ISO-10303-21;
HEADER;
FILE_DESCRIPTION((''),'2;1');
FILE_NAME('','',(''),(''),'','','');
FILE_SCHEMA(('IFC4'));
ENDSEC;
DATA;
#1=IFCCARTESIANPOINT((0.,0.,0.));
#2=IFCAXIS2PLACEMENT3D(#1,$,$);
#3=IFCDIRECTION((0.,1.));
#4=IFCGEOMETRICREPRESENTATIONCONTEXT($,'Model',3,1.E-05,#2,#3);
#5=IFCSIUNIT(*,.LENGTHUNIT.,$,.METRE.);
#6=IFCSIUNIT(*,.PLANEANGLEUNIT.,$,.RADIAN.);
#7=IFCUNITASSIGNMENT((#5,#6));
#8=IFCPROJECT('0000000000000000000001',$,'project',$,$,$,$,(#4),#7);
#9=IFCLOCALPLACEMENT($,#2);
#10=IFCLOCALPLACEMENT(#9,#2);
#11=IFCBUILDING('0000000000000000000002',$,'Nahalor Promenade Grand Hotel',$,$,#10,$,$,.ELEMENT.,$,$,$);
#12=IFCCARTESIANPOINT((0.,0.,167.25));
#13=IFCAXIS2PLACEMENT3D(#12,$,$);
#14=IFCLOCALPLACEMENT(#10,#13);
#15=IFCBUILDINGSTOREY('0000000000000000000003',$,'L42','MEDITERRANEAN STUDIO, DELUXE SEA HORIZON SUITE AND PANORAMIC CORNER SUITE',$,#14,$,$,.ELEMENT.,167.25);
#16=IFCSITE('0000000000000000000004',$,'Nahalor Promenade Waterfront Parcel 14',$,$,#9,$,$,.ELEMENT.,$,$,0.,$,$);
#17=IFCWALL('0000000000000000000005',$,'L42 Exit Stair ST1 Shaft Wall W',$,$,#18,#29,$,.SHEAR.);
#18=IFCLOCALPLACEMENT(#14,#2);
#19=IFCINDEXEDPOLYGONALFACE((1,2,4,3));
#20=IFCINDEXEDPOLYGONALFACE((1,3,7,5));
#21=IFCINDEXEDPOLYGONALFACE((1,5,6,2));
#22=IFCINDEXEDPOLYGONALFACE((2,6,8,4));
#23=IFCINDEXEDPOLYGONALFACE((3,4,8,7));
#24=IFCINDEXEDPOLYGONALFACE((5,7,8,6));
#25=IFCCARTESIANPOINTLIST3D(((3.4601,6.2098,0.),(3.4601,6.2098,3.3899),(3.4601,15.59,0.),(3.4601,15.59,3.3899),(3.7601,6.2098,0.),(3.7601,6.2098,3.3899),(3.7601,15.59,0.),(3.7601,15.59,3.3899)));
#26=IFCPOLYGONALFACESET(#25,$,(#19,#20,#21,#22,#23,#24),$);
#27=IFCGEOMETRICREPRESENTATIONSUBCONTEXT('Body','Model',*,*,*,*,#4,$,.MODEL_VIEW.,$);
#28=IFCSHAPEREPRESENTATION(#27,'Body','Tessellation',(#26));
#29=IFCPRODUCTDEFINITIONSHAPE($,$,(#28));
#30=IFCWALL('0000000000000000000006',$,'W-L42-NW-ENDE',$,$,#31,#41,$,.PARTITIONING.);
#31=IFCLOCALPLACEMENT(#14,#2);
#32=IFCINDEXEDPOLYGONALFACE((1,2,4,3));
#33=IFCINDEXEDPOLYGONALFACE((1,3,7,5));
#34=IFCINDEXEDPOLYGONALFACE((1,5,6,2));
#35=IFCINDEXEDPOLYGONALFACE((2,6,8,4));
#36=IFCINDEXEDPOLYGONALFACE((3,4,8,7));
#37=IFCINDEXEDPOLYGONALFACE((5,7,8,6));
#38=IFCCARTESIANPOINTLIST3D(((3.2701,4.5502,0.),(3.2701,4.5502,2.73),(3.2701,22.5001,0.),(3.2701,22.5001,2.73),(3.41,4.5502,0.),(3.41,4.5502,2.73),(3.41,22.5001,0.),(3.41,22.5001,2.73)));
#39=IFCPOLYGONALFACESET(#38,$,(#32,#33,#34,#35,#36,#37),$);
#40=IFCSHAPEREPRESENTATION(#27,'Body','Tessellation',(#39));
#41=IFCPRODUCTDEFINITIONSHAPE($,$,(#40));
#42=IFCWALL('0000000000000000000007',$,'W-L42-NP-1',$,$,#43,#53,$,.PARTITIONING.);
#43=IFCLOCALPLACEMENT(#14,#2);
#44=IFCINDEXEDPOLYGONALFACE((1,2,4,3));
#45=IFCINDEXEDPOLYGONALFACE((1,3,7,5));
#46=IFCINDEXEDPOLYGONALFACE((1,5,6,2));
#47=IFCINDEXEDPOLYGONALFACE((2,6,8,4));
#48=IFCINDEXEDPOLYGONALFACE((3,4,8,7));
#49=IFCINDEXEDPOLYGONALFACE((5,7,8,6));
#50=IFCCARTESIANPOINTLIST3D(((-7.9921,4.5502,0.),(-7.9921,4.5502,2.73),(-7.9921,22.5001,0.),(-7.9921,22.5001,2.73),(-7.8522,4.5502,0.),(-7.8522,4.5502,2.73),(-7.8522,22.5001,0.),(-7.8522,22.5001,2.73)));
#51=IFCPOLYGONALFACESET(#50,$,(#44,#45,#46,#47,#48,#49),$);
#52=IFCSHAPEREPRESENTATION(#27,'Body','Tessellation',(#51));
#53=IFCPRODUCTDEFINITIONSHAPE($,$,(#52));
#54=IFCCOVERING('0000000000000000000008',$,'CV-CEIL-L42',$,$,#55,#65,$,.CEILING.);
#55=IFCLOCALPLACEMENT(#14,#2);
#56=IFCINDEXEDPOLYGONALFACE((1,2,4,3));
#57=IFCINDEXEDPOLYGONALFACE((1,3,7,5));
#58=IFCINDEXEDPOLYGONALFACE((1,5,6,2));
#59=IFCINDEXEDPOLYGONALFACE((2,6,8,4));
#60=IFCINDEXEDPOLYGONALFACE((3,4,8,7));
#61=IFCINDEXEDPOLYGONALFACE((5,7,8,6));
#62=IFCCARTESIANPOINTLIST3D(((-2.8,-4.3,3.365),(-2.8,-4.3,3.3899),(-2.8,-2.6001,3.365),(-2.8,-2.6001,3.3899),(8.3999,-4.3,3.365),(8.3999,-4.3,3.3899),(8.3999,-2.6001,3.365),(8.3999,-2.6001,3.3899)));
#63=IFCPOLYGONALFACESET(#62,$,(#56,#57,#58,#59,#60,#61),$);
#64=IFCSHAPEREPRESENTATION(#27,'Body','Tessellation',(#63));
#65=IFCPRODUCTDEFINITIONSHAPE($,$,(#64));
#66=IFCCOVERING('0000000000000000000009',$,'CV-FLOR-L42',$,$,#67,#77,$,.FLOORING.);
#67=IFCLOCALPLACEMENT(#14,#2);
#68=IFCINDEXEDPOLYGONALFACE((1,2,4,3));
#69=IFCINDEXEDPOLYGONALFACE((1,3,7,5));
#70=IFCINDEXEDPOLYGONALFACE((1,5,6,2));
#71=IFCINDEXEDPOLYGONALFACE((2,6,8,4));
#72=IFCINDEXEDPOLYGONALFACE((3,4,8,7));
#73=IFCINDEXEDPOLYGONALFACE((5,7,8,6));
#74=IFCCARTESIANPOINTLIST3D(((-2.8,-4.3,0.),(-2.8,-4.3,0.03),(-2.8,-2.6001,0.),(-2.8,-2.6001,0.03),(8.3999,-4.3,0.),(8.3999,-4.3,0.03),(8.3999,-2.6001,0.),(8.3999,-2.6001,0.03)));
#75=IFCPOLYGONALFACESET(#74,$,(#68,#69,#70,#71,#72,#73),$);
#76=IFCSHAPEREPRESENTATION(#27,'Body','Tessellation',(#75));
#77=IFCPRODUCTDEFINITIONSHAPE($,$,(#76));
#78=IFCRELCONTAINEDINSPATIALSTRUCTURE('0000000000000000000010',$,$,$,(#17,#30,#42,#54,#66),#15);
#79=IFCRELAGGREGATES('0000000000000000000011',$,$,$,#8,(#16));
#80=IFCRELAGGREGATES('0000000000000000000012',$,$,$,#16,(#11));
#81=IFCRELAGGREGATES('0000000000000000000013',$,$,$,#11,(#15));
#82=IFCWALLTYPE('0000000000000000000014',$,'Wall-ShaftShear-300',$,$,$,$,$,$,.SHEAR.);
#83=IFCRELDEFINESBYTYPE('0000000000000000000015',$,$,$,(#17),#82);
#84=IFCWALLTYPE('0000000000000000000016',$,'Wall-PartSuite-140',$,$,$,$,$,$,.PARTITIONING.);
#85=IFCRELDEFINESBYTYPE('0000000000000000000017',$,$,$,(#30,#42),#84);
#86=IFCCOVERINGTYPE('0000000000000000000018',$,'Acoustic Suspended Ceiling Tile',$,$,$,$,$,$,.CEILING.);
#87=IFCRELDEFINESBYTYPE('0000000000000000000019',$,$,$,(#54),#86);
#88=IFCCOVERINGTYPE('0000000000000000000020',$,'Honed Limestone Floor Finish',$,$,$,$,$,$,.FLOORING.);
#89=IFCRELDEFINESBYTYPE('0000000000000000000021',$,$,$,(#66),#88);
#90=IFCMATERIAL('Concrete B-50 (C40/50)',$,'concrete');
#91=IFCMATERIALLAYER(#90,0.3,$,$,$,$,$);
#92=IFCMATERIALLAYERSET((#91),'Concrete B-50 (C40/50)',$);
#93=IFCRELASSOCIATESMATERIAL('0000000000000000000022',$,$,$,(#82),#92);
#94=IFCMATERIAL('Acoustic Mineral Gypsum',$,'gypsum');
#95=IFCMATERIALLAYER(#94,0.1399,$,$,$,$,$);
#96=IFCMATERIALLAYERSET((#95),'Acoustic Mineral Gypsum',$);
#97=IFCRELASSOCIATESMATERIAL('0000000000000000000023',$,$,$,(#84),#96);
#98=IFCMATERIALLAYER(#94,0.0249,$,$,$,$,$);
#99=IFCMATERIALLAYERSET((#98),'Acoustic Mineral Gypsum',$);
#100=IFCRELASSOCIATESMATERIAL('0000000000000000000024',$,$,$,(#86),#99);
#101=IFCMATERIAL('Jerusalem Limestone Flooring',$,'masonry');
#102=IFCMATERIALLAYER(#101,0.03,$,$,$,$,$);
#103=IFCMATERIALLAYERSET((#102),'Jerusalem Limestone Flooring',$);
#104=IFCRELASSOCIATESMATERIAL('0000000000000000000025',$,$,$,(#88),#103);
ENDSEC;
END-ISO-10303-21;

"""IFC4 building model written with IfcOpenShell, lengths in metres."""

from ifc_helpers import new_model, si_unit, direction, frame, frame_2d, origin, place, context, subcontext, project, spatial, polyline, rectangle, outline, extrude, source, transform, mapped, material, layer, layer_set, type_object, element, save


model = new_model("IFC4")

# Units and contexts
model_context = context("Model", 3, precision=1e-05, world=origin(), true_north=direction((0.0, 1.0)))
body_context = subcontext(model_context, "Body", "Model", "MODEL_VIEW")
ifc_project = project(units=[si_unit("LENGTHUNIT", "METRE"), si_unit("PLANEANGLEUNIT", "RADIAN")], contexts=[model_context])

# Site, building, storey
site_placement = place(None, origin())
site = spatial("IfcSite", under=ifc_project, at=site_placement, Name="Nahalor Promenade Waterfront Parcel 14", CompositionType="ELEMENT", RefElevation=0.0)
building_placement = place(site_placement, origin())
building = spatial("IfcBuilding", under=site, at=building_placement, Name="Nahalor Promenade Grand Hotel", CompositionType="ELEMENT")
storey_placement = place(building_placement, frame((0.0, 0.0, 167.25)))
storey = spatial("IfcBuildingStorey", under=building, at=storey_placement, Name="L42", Description="MEDITERRANEAN STUDIO, DELUXE SEA HORIZON SUITE AND PANORAMIC CORNER SUITE", CompositionType="ELEMENT", Elevation=167.25)

# Shared definitions
ifc_material_1 = material(Name="Concrete B-50 (C40/50)", Category="concrete")

# Walls
ifc_layer_1 = layer(ifc_material_1, 0.3)
ifc_layer_set_1 = layer_set([ifc_layer_1], Name="Concrete B-50 (C40/50)")
wall_type_1 = type_object("IfcWallType", Name="Wall-ShaftShear-300", PredefinedType="SHEAR", material=ifc_layer_set_1)
shared_shape_1 = source(origin(), body_context, "Body", "SweptSolid", [
    extrude(rectangle(XDim=9.3801, YDim=0.3, at=frame_2d((4.6899, 0.0))), origin(), (0.0, 0.0, 1.0), 3.3899),
])
wall_placement = place(storey_placement, frame((3.6101, 6.21, 0.0), z_axis=(0.0, 0.0, 1.0), x_axis=(0.0, 1.0, 0.0)))
element("IfcWall", 1, at=wall_placement, inside=storey, type_object=wall_type_1, Name="L42 Exit Stair ST1 Shaft Wall W", PredefinedType="SHEAR", context=body_context, shape_type="MappedRepresentation", body=[
    mapped(shared_shape_1, transform((0.0, 0.0, 0.0), scale=1.0)),
])
ifc_material_2 = material(Name="Acoustic Mineral Gypsum", Category="gypsum")
ifc_layer_2 = layer(ifc_material_2, 0.1399)
ifc_layer_set_2 = layer_set([ifc_layer_2], Name="Acoustic Mineral Gypsum")
wall_type_2 = type_object("IfcWallType", Name="Wall-PartSuite-140", PredefinedType="PARTITIONING", material=ifc_layer_set_2)
shared_shape_2 = source(origin(), body_context, "Body", "SweptSolid", [
    extrude(rectangle(XDim=17.95, YDim=0.1399, at=frame_2d((8.9751, 0.0))), origin(), (0.0, 0.0, 1.0), 2.73),
])
for number, where, z_axis, x_axis, name in (
    (2, (3.3401, 4.55, 0.0), (0.0, 0.0, 1.0), (0.0, 1.0, 0.0), "W-L42-NW-ENDE"),
    (3, (-7.9221, 4.55, 0.0), (0.0, 0.0, 1.0), (0.0, 1.0, 0.0), "W-L42-NP-1"),
):
    element("IfcWall", number, at=place(storey_placement, frame(where, z_axis=z_axis, x_axis=x_axis)), inside=storey, type_object=wall_type_2, Name=name, PredefinedType="PARTITIONING", context=body_context, shape_type="MappedRepresentation", body=[
        mapped(shared_shape_2, transform((0.0, 0.0, 0.0), scale=1.0)),
    ])

# Coverings
ifc_layer_3 = layer(ifc_material_2, 0.0249)
ifc_layer_set_3 = layer_set([ifc_layer_3], Name="Acoustic Mineral Gypsum")
covering_type_1 = type_object("IfcCoveringType", Name="Acoustic Suspended Ceiling Tile", PredefinedType="CEILING", material=ifc_layer_set_3)
covering_1_placement = place(storey_placement, frame((0.0, 0.0, 3.365)))
element("IfcCovering", 4, at=covering_1_placement, inside=storey, type_object=covering_type_1, Name="CV-CEIL-L42", PredefinedType="CEILING", context=body_context, shape_type="SweptSolid", body=[
    extrude(outline(polyline([(-2.8, -4.3), (8.3999, -4.3), (8.3999, -2.6001), (-2.8, -2.6001), (-2.8, -4.3)])), origin(), (0.0, 0.0, 1.0), 0.0249),
])
ifc_material_3 = material(Name="Jerusalem Limestone Flooring", Category="masonry")
ifc_layer_4 = layer(ifc_material_3, 0.03)
ifc_layer_set_4 = layer_set([ifc_layer_4], Name="Jerusalem Limestone Flooring")
covering_type_2 = type_object("IfcCoveringType", Name="Honed Limestone Floor Finish", PredefinedType="FLOORING", material=ifc_layer_set_4)
covering_2_placement = place(storey_placement, origin())
element("IfcCovering", 5, at=covering_2_placement, inside=storey, type_object=covering_type_2, Name="CV-FLOR-L42", PredefinedType="FLOORING", context=body_context, shape_type="SweptSolid", body=[
    extrude(outline(polyline([(-2.8, -4.3), (8.3999, -4.3), (8.3999, -2.6001), (-2.8, -2.6001), (-2.8, -4.3)])), origin(), (0.0, 0.0, 1.0), 0.03),
])

save(model, "model.ifc")
